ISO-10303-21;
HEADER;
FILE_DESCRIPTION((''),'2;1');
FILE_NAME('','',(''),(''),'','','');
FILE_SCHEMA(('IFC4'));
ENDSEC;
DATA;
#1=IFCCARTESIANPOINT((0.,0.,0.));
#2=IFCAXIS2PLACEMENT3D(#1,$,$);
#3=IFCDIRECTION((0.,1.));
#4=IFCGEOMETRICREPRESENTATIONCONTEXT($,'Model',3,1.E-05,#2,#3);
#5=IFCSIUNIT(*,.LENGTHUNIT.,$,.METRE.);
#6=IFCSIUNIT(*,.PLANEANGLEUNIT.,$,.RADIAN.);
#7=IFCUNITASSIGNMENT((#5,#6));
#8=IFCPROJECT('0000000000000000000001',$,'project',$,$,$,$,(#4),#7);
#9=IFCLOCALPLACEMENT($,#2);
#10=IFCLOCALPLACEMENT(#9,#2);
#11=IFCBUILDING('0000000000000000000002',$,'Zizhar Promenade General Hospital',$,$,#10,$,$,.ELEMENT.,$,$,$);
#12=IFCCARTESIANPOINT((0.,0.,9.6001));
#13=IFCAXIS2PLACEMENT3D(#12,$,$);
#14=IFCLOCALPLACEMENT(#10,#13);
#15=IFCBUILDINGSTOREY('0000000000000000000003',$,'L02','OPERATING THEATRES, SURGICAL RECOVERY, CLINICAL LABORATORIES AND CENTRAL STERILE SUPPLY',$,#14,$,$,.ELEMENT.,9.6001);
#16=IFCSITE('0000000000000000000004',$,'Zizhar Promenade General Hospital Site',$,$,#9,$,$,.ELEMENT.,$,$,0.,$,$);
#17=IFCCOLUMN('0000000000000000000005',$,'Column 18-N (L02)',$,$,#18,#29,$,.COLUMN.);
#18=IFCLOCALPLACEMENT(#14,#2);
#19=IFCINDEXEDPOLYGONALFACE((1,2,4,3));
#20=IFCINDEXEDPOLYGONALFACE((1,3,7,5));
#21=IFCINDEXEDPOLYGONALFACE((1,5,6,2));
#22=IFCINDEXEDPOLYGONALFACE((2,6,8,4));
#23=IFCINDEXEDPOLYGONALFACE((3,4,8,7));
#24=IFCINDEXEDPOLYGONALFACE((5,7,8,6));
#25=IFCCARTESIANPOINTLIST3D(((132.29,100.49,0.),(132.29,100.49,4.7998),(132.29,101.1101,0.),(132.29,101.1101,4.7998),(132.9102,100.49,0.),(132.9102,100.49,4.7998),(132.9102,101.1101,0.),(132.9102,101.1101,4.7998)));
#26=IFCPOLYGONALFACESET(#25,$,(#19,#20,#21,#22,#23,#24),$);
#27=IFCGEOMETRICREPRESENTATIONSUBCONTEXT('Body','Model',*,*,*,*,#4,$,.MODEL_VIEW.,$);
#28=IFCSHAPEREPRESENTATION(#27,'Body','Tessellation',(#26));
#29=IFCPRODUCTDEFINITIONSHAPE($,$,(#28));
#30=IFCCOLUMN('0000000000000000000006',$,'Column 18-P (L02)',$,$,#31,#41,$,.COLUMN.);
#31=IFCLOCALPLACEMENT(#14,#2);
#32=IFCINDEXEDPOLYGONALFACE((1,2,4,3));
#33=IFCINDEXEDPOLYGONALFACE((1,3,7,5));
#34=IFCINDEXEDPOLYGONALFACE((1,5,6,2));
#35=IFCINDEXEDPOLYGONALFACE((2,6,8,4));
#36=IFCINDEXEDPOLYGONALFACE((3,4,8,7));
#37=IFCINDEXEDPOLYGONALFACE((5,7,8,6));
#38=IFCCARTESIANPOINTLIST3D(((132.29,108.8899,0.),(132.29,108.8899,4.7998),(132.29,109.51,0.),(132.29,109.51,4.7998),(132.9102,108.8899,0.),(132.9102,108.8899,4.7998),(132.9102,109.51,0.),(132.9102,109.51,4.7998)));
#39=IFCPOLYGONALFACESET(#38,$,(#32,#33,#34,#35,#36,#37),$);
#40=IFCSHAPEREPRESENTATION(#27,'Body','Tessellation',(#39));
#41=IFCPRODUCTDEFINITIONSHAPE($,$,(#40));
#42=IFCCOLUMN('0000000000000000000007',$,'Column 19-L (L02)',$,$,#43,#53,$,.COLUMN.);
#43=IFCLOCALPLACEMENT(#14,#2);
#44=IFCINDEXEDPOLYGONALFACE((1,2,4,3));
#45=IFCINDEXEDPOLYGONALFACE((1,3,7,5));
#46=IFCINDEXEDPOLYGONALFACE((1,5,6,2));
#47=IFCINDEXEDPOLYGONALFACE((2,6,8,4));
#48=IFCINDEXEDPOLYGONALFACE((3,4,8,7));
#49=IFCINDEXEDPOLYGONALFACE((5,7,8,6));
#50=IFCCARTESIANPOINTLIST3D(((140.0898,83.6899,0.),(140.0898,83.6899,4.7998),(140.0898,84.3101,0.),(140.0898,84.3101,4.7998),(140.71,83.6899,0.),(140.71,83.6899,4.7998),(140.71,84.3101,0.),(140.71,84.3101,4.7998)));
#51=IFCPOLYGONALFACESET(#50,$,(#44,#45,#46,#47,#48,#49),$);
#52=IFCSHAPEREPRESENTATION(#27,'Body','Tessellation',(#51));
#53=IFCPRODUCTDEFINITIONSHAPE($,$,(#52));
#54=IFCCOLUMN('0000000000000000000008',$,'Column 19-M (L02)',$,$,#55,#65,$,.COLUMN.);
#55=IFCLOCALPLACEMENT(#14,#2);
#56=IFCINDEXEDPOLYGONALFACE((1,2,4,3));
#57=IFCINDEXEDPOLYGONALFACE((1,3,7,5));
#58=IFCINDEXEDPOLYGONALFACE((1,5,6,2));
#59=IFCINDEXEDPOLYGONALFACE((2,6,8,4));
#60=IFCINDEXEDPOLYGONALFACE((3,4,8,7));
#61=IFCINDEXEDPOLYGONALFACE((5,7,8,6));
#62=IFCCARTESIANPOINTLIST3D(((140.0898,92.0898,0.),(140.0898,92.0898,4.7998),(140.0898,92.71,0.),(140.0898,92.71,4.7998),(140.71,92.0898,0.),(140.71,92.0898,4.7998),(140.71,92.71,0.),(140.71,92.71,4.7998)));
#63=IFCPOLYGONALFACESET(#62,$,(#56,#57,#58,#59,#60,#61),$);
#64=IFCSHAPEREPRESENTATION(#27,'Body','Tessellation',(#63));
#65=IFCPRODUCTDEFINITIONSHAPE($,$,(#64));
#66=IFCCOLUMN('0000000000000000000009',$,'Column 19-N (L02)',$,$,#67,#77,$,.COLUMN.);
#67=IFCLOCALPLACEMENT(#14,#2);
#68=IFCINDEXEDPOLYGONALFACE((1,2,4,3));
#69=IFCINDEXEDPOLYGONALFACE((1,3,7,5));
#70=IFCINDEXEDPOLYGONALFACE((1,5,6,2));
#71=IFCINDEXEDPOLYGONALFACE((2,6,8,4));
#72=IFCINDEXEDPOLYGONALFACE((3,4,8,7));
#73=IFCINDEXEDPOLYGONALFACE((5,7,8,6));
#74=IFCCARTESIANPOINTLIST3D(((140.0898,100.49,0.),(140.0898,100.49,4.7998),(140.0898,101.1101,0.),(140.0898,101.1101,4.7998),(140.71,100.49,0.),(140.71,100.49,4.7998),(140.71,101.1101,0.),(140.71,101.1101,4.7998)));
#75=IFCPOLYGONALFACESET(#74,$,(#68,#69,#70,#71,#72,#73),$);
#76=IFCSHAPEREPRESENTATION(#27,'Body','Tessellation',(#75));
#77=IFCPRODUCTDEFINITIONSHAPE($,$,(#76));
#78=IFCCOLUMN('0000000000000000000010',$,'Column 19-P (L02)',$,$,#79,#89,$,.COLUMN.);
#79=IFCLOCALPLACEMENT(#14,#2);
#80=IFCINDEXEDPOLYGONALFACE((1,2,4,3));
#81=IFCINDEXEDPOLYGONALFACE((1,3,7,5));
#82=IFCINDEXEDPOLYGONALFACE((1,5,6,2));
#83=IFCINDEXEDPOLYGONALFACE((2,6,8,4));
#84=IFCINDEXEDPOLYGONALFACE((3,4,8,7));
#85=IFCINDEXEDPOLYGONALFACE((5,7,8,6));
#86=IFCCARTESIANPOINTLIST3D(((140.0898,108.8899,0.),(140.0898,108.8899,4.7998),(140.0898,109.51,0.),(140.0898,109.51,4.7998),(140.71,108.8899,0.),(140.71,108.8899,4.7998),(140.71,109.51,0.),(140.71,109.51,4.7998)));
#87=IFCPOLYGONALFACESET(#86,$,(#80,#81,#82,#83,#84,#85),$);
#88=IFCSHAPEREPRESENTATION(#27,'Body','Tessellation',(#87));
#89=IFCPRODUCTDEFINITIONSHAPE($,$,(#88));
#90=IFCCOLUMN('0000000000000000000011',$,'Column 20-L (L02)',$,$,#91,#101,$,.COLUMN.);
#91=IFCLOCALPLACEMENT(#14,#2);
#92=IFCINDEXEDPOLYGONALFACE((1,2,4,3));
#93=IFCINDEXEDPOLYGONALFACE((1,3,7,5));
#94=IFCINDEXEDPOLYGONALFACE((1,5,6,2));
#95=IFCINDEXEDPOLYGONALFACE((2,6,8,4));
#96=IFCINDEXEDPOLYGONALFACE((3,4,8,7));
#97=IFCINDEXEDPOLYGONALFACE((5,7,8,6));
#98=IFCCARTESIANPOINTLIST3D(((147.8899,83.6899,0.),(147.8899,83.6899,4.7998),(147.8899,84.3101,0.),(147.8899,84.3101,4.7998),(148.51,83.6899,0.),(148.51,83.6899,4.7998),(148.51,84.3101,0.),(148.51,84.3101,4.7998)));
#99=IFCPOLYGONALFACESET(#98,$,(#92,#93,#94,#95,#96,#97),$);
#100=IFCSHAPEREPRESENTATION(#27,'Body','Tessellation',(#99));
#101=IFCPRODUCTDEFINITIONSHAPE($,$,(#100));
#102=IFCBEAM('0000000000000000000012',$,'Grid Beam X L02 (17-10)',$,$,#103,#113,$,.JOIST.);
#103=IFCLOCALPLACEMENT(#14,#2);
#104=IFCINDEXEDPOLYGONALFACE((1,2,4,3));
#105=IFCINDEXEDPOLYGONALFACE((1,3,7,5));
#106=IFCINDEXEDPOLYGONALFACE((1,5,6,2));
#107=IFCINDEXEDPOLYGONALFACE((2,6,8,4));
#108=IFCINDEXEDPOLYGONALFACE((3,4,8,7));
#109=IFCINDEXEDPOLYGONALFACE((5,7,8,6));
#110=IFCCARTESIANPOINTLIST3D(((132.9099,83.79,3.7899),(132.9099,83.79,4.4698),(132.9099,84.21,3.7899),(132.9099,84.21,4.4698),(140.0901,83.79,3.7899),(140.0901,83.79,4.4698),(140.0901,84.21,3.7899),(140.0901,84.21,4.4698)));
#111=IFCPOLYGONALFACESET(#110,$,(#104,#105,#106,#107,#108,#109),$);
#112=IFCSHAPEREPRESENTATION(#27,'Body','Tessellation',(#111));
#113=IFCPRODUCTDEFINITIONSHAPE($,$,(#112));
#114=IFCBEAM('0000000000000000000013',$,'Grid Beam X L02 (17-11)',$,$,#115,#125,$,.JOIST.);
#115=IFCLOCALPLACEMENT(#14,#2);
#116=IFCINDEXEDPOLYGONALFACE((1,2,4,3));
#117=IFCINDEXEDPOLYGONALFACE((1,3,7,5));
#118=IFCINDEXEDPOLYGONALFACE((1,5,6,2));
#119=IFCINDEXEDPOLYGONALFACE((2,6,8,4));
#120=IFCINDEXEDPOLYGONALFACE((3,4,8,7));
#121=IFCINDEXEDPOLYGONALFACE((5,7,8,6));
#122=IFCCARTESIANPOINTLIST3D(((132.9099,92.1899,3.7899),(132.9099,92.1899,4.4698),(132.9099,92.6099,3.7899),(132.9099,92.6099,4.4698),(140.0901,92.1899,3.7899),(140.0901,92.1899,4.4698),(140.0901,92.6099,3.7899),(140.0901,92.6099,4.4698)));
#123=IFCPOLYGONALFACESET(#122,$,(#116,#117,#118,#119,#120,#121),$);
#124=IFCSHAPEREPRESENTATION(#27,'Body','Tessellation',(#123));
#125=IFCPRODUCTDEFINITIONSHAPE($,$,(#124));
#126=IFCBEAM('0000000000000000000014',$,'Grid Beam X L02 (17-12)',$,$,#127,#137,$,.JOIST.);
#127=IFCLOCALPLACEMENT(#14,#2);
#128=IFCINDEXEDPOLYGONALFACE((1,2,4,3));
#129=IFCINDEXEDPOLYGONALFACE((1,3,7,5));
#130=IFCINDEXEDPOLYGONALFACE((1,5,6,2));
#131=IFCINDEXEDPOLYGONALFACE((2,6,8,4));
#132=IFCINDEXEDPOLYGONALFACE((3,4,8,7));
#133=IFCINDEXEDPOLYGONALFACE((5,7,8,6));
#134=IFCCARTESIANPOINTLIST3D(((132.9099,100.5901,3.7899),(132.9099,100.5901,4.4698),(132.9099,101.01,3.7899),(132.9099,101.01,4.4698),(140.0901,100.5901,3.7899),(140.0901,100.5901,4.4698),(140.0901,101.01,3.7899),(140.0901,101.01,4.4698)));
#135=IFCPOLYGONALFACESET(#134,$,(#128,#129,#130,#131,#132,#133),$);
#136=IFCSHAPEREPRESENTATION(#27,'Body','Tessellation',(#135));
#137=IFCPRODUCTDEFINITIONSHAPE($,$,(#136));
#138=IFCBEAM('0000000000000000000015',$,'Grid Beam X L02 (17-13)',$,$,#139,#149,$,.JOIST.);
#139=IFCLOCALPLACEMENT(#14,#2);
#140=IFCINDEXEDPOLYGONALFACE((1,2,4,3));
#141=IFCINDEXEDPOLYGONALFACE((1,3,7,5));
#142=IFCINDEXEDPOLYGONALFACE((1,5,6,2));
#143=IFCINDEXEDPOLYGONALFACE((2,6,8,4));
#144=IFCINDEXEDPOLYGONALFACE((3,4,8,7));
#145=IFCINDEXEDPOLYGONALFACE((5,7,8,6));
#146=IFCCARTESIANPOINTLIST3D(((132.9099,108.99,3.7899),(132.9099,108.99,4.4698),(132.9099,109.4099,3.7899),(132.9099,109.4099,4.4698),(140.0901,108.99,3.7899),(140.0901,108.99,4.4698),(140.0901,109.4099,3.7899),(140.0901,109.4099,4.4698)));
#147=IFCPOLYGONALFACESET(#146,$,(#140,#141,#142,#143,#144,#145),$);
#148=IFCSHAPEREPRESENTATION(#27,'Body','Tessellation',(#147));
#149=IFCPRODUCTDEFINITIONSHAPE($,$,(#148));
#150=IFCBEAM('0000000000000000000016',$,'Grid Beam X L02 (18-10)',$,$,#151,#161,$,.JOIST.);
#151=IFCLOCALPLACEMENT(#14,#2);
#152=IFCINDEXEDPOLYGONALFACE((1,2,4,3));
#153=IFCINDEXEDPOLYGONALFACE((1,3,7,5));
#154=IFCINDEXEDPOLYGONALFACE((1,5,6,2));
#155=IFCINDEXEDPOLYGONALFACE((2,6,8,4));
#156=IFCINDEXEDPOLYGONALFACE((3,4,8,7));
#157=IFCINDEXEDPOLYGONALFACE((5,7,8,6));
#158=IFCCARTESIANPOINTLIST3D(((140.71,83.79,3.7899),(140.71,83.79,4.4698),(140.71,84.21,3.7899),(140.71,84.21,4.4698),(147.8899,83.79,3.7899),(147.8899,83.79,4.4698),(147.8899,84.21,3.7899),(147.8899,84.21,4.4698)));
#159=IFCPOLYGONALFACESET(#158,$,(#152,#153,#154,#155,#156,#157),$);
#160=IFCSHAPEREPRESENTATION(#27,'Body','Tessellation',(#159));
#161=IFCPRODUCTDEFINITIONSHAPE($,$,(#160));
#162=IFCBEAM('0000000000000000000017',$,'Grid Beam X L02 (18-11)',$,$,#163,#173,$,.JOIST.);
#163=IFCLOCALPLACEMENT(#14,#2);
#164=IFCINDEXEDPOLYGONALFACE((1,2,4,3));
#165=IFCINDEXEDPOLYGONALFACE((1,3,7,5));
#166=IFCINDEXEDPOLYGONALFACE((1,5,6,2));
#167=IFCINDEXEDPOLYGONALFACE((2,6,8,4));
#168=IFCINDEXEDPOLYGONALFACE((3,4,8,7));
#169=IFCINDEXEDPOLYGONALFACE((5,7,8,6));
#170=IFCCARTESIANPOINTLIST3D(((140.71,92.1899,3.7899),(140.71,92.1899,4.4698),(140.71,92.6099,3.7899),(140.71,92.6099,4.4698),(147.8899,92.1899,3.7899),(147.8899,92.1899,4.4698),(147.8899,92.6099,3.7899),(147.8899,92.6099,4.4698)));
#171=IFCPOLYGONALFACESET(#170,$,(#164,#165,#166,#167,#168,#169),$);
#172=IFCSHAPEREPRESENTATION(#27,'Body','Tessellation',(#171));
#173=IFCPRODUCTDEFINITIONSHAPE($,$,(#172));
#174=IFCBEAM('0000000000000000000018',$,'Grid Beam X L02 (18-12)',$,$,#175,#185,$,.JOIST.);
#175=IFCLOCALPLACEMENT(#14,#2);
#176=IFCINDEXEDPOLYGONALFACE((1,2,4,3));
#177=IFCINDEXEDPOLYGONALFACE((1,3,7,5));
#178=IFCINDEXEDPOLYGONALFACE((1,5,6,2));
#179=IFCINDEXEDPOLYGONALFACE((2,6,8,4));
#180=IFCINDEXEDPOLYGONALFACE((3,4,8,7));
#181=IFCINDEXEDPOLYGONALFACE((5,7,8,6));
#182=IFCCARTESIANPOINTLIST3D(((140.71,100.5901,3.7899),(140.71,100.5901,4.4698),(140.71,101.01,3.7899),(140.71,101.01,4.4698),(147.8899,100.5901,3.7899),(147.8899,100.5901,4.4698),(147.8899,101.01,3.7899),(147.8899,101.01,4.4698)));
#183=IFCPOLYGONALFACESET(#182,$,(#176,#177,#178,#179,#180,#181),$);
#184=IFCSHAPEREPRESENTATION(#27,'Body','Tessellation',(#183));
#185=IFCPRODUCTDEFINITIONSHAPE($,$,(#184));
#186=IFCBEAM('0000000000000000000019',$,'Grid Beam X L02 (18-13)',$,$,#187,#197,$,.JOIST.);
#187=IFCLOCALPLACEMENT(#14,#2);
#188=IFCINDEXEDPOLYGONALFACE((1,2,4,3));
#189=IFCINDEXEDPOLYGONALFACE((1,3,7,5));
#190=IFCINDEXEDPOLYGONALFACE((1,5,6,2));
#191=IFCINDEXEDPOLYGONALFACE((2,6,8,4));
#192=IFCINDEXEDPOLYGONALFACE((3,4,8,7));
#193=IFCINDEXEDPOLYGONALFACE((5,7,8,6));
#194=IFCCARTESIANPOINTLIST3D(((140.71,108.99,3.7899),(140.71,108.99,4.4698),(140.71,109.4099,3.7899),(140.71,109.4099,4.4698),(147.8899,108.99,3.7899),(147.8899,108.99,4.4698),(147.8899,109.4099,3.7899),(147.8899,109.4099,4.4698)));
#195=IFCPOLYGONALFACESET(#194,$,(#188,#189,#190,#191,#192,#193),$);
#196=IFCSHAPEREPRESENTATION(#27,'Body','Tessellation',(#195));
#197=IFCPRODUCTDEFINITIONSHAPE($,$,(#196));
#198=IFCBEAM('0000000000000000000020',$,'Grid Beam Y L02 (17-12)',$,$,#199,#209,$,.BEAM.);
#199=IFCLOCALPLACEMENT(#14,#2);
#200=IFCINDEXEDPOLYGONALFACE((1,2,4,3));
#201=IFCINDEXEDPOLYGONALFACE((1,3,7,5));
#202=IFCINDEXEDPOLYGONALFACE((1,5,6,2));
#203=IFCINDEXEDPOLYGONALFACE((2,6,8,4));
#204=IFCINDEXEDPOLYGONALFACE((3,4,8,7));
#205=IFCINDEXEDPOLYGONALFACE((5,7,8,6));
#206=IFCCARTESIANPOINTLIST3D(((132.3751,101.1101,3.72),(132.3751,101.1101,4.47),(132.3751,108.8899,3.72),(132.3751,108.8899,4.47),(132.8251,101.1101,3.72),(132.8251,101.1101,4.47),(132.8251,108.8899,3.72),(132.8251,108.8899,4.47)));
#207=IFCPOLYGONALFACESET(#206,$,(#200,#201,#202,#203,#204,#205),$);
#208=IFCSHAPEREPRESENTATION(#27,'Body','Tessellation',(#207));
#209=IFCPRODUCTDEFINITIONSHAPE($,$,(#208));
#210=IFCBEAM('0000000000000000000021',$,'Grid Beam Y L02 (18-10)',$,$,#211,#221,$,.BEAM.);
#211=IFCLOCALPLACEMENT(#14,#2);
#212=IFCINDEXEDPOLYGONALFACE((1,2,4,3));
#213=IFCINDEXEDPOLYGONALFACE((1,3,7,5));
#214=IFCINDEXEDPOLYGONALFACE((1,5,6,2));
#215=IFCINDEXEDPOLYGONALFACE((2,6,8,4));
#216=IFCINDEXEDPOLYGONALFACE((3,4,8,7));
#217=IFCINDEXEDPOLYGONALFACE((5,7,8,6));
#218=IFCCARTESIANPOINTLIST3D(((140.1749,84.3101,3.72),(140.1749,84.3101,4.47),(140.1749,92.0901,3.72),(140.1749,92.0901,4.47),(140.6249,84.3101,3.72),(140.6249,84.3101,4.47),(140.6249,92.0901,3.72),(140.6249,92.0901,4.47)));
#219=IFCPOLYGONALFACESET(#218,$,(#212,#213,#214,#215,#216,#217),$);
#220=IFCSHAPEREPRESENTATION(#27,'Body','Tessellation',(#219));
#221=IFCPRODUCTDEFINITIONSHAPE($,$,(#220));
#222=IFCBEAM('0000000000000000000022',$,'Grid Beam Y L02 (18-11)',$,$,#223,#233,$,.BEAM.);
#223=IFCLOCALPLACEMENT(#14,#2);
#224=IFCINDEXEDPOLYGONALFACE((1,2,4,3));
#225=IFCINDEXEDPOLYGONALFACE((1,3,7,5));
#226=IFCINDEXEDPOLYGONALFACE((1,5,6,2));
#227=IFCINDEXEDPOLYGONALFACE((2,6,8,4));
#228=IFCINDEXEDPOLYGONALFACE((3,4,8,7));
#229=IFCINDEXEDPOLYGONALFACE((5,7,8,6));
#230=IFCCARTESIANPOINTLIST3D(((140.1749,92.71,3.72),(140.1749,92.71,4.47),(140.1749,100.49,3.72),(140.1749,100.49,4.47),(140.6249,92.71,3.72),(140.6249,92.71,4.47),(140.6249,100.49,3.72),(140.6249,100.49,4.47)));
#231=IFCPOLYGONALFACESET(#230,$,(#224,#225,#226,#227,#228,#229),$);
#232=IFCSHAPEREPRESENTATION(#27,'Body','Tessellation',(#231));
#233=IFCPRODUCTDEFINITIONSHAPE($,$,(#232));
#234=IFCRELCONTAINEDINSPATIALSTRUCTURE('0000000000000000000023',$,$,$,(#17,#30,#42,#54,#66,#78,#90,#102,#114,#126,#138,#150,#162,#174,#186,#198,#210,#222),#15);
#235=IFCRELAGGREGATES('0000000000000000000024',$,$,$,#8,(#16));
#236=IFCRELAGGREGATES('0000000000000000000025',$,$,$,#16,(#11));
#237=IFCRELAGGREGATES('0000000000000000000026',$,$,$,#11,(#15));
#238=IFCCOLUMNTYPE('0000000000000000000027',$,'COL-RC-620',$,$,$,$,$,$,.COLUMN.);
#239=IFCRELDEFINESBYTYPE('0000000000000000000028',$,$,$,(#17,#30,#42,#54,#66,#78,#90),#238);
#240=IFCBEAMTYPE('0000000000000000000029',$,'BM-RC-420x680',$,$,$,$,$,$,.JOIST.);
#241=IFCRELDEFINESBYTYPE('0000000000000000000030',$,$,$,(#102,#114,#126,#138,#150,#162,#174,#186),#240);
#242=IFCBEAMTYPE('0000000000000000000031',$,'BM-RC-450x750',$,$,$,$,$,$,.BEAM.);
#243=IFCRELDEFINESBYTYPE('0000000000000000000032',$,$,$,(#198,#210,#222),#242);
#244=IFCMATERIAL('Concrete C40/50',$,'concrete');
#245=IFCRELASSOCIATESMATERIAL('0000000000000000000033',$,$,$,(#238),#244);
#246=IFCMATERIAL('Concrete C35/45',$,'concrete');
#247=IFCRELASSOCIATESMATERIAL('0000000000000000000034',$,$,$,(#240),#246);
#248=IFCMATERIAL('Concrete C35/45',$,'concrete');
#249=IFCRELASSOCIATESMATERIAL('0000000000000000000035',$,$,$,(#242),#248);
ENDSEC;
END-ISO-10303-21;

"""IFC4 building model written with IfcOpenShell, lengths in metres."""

from ifc_helpers import new_model, si_unit, direction, frame, origin, origin_2d, place, context, subcontext, project, spatial, rectangle, extrude, material, material_profile, profile_set, type_object, element, save


model = new_model("IFC4")

# Units and contexts
model_context = context("Model", 3, precision=1e-05, world=origin(), true_north=direction((0.0, 1.0)))
body_context = subcontext(model_context, "Body", "Model", "MODEL_VIEW")
ifc_project = project(units=[si_unit("LENGTHUNIT", "METRE"), si_unit("PLANEANGLEUNIT", "RADIAN")], contexts=[model_context])

# Site, building, storey
site_placement = place(None, origin())
site = spatial("IfcSite", under=ifc_project, at=site_placement, Name="Zizhar Promenade General Hospital Site", CompositionType="ELEMENT", RefElevation=0.0)
building_placement = place(site_placement, origin())
building = spatial("IfcBuilding", under=site, at=building_placement, Name="Zizhar Promenade General Hospital", CompositionType="ELEMENT")
storey_placement = place(building_placement, frame((0.0, 0.0, 9.6001)))
storey = spatial("IfcBuildingStorey", under=building, at=storey_placement, Name="L02", Description="OPERATING THEATRES, SURGICAL RECOVERY, CLINICAL LABORATORIES AND CENTRAL STERILE SUPPLY", CompositionType="ELEMENT", Elevation=9.6001)

# Columns
ifc_material_1 = material(Name="Concrete C40/50", Category="concrete")
ifc_material_profile_1 = material_profile(ifc_material_1, rectangle(XDim=0.6201, YDim=0.6201, at=origin_2d()))
ifc_profile_set_1 = profile_set([ifc_material_profile_1], Name="Concrete C40/50")
column_type = type_object("IfcColumnType", Name="COL-RC-620", PredefinedType="COLUMN", material=ifc_profile_set_1)
for number, where, z_axis, x_axis, name in (
    (1, (132.6001, 100.8, 0.0), (0.0, 0.0, 1.0), (1.0, 0.0, 0.0), "Column 18-N (L02)"),
    (2, (132.6001, 109.2, 0.0), (0.0, 0.0, 1.0), (1.0, 0.0, 0.0), "Column 18-P (L02)"),
    (3, (140.3999, 84.0, 0.0), (0.0, 0.0, 1.0), (1.0, 0.0, 0.0), "Column 19-L (L02)"),
    (4, (140.3999, 92.3999, 0.0), (0.0, 0.0, 1.0), (1.0, 0.0, 0.0), "Column 19-M (L02)"),
    (5, (140.3999, 100.8, 0.0), (0.0, 0.0, 1.0), (1.0, 0.0, 0.0), "Column 19-N (L02)"),
    (6, (140.3999, 109.2, 0.0), (0.0, 0.0, 1.0), (1.0, 0.0, 0.0), "Column 19-P (L02)"),
    (7, (148.2, 84.0, 0.0), (0.0, 0.0, 1.0), (1.0, 0.0, 0.0), "Column 20-L (L02)"),
):
    element("IfcColumn", number, at=place(storey_placement, frame(where, z_axis=z_axis, x_axis=x_axis)), inside=storey, type_object=column_type, Name=name, PredefinedType="COLUMN", context=body_context, shape_type="SweptSolid", body=[
        extrude(rectangle(XDim=0.6201, YDim=0.6201, at=origin_2d()), origin(), (0.0, 0.0, 1.0), 4.7998),
    ])

# Beams
ifc_material_2 = material(Name="Concrete C35/45", Category="concrete")
ifc_material_profile_2 = material_profile(ifc_material_2, rectangle(XDim=0.4199, YDim=0.6799, at=origin_2d()))
ifc_profile_set_2 = profile_set([ifc_material_profile_2], Name="Concrete C35/45")
beam_type_1 = type_object("IfcBeamType", Name="BM-RC-420x680", PredefinedType="JOIST", material=ifc_profile_set_2)
for number, where, z_axis, x_axis, name in (
    (8, (132.9099, 84.0, 4.1299), (1.0, 0.0, 0.0), (0.0, 1.0, 0.0), "Grid Beam X L02 (17-10)"),
    (9, (132.9099, 92.3999, 4.1299), (1.0, 0.0, 0.0), (0.0, 1.0, 0.0), "Grid Beam X L02 (17-11)"),
    (10, (132.9099, 100.8, 4.1299), (1.0, 0.0, 0.0), (0.0, 1.0, 0.0), "Grid Beam X L02 (17-12)"),
    (11, (132.9099, 109.2, 4.1299), (1.0, 0.0, 0.0), (0.0, 1.0, 0.0), "Grid Beam X L02 (17-13)"),
):
    element("IfcBeam", number, at=place(storey_placement, frame(where, z_axis=z_axis, x_axis=x_axis)), inside=storey, type_object=beam_type_1, Name=name, PredefinedType="JOIST", context=body_context, shape_type="SweptSolid", body=[
        extrude(rectangle(XDim=0.4199, YDim=0.6799, at=origin_2d()), origin(), (0.0, 0.0, 1.0), 7.1802),
    ])
for number, where, z_axis, x_axis, name in (
    (12, (140.71, 84.0, 4.1299), (1.0, 0.0, 0.0), (0.0, 1.0, 0.0), "Grid Beam X L02 (18-10)"),
    (13, (140.71, 92.3999, 4.1299), (1.0, 0.0, 0.0), (0.0, 1.0, 0.0), "Grid Beam X L02 (18-11)"),
    (14, (140.71, 100.8, 4.1299), (1.0, 0.0, 0.0), (0.0, 1.0, 0.0), "Grid Beam X L02 (18-12)"),
    (15, (140.71, 109.2, 4.1299), (1.0, 0.0, 0.0), (0.0, 1.0, 0.0), "Grid Beam X L02 (18-13)"),
):
    element("IfcBeam", number, at=place(storey_placement, frame(where, z_axis=z_axis, x_axis=x_axis)), inside=storey, type_object=beam_type_1, Name=name, PredefinedType="JOIST", context=body_context, shape_type="SweptSolid", body=[
        extrude(rectangle(XDim=0.4199, YDim=0.6799, at=origin_2d()), origin(), (0.0, 0.0, 1.0), 7.1799),
    ])
ifc_material_3 = material(Name="Concrete C35/45", Category="concrete")
ifc_material_profile_3 = material_profile(ifc_material_3, rectangle(XDim=0.45, YDim=0.75, at=origin_2d()))
ifc_profile_set_3 = profile_set([ifc_material_profile_3], Name="Concrete C35/45")
beam_type_2 = type_object("IfcBeamType", Name="BM-RC-450x750", PredefinedType="BEAM", material=ifc_profile_set_3)
beam_1_placement = place(storey_placement, frame((132.6001, 101.1101, 4.095), z_axis=(0.0, 1.0, 0.0), x_axis=(-1.0, 0.0, 0.0)))
element("IfcBeam", 16, at=beam_1_placement, inside=storey, type_object=beam_type_2, Name="Grid Beam Y L02 (17-12)", PredefinedType="BEAM", context=body_context, shape_type="SweptSolid", body=[
    extrude(rectangle(XDim=0.45, YDim=0.75, at=origin_2d()), origin(), (0.0, 0.0, 1.0), 7.7798),
])
for number, where, z_axis, x_axis, name in (
    (17, (140.3999, 84.3101, 4.095), (0.0, 1.0, 0.0), (-1.0, 0.0, 0.0), "Grid Beam Y L02 (18-10)"),
    (18, (140.3999, 92.71, 4.095), (0.0, 1.0, 0.0), (-1.0, 0.0, 0.0), "Grid Beam Y L02 (18-11)"),
):
    element("IfcBeam", number, at=place(storey_placement, frame(where, z_axis=z_axis, x_axis=x_axis)), inside=storey, type_object=beam_type_2, Name=name, PredefinedType="BEAM", context=body_context, shape_type="SweptSolid", body=[
        extrude(rectangle(XDim=0.45, YDim=0.75, at=origin_2d()), origin(), (0.0, 0.0, 1.0), 7.78),
    ])

save(model, "model.ifc")
